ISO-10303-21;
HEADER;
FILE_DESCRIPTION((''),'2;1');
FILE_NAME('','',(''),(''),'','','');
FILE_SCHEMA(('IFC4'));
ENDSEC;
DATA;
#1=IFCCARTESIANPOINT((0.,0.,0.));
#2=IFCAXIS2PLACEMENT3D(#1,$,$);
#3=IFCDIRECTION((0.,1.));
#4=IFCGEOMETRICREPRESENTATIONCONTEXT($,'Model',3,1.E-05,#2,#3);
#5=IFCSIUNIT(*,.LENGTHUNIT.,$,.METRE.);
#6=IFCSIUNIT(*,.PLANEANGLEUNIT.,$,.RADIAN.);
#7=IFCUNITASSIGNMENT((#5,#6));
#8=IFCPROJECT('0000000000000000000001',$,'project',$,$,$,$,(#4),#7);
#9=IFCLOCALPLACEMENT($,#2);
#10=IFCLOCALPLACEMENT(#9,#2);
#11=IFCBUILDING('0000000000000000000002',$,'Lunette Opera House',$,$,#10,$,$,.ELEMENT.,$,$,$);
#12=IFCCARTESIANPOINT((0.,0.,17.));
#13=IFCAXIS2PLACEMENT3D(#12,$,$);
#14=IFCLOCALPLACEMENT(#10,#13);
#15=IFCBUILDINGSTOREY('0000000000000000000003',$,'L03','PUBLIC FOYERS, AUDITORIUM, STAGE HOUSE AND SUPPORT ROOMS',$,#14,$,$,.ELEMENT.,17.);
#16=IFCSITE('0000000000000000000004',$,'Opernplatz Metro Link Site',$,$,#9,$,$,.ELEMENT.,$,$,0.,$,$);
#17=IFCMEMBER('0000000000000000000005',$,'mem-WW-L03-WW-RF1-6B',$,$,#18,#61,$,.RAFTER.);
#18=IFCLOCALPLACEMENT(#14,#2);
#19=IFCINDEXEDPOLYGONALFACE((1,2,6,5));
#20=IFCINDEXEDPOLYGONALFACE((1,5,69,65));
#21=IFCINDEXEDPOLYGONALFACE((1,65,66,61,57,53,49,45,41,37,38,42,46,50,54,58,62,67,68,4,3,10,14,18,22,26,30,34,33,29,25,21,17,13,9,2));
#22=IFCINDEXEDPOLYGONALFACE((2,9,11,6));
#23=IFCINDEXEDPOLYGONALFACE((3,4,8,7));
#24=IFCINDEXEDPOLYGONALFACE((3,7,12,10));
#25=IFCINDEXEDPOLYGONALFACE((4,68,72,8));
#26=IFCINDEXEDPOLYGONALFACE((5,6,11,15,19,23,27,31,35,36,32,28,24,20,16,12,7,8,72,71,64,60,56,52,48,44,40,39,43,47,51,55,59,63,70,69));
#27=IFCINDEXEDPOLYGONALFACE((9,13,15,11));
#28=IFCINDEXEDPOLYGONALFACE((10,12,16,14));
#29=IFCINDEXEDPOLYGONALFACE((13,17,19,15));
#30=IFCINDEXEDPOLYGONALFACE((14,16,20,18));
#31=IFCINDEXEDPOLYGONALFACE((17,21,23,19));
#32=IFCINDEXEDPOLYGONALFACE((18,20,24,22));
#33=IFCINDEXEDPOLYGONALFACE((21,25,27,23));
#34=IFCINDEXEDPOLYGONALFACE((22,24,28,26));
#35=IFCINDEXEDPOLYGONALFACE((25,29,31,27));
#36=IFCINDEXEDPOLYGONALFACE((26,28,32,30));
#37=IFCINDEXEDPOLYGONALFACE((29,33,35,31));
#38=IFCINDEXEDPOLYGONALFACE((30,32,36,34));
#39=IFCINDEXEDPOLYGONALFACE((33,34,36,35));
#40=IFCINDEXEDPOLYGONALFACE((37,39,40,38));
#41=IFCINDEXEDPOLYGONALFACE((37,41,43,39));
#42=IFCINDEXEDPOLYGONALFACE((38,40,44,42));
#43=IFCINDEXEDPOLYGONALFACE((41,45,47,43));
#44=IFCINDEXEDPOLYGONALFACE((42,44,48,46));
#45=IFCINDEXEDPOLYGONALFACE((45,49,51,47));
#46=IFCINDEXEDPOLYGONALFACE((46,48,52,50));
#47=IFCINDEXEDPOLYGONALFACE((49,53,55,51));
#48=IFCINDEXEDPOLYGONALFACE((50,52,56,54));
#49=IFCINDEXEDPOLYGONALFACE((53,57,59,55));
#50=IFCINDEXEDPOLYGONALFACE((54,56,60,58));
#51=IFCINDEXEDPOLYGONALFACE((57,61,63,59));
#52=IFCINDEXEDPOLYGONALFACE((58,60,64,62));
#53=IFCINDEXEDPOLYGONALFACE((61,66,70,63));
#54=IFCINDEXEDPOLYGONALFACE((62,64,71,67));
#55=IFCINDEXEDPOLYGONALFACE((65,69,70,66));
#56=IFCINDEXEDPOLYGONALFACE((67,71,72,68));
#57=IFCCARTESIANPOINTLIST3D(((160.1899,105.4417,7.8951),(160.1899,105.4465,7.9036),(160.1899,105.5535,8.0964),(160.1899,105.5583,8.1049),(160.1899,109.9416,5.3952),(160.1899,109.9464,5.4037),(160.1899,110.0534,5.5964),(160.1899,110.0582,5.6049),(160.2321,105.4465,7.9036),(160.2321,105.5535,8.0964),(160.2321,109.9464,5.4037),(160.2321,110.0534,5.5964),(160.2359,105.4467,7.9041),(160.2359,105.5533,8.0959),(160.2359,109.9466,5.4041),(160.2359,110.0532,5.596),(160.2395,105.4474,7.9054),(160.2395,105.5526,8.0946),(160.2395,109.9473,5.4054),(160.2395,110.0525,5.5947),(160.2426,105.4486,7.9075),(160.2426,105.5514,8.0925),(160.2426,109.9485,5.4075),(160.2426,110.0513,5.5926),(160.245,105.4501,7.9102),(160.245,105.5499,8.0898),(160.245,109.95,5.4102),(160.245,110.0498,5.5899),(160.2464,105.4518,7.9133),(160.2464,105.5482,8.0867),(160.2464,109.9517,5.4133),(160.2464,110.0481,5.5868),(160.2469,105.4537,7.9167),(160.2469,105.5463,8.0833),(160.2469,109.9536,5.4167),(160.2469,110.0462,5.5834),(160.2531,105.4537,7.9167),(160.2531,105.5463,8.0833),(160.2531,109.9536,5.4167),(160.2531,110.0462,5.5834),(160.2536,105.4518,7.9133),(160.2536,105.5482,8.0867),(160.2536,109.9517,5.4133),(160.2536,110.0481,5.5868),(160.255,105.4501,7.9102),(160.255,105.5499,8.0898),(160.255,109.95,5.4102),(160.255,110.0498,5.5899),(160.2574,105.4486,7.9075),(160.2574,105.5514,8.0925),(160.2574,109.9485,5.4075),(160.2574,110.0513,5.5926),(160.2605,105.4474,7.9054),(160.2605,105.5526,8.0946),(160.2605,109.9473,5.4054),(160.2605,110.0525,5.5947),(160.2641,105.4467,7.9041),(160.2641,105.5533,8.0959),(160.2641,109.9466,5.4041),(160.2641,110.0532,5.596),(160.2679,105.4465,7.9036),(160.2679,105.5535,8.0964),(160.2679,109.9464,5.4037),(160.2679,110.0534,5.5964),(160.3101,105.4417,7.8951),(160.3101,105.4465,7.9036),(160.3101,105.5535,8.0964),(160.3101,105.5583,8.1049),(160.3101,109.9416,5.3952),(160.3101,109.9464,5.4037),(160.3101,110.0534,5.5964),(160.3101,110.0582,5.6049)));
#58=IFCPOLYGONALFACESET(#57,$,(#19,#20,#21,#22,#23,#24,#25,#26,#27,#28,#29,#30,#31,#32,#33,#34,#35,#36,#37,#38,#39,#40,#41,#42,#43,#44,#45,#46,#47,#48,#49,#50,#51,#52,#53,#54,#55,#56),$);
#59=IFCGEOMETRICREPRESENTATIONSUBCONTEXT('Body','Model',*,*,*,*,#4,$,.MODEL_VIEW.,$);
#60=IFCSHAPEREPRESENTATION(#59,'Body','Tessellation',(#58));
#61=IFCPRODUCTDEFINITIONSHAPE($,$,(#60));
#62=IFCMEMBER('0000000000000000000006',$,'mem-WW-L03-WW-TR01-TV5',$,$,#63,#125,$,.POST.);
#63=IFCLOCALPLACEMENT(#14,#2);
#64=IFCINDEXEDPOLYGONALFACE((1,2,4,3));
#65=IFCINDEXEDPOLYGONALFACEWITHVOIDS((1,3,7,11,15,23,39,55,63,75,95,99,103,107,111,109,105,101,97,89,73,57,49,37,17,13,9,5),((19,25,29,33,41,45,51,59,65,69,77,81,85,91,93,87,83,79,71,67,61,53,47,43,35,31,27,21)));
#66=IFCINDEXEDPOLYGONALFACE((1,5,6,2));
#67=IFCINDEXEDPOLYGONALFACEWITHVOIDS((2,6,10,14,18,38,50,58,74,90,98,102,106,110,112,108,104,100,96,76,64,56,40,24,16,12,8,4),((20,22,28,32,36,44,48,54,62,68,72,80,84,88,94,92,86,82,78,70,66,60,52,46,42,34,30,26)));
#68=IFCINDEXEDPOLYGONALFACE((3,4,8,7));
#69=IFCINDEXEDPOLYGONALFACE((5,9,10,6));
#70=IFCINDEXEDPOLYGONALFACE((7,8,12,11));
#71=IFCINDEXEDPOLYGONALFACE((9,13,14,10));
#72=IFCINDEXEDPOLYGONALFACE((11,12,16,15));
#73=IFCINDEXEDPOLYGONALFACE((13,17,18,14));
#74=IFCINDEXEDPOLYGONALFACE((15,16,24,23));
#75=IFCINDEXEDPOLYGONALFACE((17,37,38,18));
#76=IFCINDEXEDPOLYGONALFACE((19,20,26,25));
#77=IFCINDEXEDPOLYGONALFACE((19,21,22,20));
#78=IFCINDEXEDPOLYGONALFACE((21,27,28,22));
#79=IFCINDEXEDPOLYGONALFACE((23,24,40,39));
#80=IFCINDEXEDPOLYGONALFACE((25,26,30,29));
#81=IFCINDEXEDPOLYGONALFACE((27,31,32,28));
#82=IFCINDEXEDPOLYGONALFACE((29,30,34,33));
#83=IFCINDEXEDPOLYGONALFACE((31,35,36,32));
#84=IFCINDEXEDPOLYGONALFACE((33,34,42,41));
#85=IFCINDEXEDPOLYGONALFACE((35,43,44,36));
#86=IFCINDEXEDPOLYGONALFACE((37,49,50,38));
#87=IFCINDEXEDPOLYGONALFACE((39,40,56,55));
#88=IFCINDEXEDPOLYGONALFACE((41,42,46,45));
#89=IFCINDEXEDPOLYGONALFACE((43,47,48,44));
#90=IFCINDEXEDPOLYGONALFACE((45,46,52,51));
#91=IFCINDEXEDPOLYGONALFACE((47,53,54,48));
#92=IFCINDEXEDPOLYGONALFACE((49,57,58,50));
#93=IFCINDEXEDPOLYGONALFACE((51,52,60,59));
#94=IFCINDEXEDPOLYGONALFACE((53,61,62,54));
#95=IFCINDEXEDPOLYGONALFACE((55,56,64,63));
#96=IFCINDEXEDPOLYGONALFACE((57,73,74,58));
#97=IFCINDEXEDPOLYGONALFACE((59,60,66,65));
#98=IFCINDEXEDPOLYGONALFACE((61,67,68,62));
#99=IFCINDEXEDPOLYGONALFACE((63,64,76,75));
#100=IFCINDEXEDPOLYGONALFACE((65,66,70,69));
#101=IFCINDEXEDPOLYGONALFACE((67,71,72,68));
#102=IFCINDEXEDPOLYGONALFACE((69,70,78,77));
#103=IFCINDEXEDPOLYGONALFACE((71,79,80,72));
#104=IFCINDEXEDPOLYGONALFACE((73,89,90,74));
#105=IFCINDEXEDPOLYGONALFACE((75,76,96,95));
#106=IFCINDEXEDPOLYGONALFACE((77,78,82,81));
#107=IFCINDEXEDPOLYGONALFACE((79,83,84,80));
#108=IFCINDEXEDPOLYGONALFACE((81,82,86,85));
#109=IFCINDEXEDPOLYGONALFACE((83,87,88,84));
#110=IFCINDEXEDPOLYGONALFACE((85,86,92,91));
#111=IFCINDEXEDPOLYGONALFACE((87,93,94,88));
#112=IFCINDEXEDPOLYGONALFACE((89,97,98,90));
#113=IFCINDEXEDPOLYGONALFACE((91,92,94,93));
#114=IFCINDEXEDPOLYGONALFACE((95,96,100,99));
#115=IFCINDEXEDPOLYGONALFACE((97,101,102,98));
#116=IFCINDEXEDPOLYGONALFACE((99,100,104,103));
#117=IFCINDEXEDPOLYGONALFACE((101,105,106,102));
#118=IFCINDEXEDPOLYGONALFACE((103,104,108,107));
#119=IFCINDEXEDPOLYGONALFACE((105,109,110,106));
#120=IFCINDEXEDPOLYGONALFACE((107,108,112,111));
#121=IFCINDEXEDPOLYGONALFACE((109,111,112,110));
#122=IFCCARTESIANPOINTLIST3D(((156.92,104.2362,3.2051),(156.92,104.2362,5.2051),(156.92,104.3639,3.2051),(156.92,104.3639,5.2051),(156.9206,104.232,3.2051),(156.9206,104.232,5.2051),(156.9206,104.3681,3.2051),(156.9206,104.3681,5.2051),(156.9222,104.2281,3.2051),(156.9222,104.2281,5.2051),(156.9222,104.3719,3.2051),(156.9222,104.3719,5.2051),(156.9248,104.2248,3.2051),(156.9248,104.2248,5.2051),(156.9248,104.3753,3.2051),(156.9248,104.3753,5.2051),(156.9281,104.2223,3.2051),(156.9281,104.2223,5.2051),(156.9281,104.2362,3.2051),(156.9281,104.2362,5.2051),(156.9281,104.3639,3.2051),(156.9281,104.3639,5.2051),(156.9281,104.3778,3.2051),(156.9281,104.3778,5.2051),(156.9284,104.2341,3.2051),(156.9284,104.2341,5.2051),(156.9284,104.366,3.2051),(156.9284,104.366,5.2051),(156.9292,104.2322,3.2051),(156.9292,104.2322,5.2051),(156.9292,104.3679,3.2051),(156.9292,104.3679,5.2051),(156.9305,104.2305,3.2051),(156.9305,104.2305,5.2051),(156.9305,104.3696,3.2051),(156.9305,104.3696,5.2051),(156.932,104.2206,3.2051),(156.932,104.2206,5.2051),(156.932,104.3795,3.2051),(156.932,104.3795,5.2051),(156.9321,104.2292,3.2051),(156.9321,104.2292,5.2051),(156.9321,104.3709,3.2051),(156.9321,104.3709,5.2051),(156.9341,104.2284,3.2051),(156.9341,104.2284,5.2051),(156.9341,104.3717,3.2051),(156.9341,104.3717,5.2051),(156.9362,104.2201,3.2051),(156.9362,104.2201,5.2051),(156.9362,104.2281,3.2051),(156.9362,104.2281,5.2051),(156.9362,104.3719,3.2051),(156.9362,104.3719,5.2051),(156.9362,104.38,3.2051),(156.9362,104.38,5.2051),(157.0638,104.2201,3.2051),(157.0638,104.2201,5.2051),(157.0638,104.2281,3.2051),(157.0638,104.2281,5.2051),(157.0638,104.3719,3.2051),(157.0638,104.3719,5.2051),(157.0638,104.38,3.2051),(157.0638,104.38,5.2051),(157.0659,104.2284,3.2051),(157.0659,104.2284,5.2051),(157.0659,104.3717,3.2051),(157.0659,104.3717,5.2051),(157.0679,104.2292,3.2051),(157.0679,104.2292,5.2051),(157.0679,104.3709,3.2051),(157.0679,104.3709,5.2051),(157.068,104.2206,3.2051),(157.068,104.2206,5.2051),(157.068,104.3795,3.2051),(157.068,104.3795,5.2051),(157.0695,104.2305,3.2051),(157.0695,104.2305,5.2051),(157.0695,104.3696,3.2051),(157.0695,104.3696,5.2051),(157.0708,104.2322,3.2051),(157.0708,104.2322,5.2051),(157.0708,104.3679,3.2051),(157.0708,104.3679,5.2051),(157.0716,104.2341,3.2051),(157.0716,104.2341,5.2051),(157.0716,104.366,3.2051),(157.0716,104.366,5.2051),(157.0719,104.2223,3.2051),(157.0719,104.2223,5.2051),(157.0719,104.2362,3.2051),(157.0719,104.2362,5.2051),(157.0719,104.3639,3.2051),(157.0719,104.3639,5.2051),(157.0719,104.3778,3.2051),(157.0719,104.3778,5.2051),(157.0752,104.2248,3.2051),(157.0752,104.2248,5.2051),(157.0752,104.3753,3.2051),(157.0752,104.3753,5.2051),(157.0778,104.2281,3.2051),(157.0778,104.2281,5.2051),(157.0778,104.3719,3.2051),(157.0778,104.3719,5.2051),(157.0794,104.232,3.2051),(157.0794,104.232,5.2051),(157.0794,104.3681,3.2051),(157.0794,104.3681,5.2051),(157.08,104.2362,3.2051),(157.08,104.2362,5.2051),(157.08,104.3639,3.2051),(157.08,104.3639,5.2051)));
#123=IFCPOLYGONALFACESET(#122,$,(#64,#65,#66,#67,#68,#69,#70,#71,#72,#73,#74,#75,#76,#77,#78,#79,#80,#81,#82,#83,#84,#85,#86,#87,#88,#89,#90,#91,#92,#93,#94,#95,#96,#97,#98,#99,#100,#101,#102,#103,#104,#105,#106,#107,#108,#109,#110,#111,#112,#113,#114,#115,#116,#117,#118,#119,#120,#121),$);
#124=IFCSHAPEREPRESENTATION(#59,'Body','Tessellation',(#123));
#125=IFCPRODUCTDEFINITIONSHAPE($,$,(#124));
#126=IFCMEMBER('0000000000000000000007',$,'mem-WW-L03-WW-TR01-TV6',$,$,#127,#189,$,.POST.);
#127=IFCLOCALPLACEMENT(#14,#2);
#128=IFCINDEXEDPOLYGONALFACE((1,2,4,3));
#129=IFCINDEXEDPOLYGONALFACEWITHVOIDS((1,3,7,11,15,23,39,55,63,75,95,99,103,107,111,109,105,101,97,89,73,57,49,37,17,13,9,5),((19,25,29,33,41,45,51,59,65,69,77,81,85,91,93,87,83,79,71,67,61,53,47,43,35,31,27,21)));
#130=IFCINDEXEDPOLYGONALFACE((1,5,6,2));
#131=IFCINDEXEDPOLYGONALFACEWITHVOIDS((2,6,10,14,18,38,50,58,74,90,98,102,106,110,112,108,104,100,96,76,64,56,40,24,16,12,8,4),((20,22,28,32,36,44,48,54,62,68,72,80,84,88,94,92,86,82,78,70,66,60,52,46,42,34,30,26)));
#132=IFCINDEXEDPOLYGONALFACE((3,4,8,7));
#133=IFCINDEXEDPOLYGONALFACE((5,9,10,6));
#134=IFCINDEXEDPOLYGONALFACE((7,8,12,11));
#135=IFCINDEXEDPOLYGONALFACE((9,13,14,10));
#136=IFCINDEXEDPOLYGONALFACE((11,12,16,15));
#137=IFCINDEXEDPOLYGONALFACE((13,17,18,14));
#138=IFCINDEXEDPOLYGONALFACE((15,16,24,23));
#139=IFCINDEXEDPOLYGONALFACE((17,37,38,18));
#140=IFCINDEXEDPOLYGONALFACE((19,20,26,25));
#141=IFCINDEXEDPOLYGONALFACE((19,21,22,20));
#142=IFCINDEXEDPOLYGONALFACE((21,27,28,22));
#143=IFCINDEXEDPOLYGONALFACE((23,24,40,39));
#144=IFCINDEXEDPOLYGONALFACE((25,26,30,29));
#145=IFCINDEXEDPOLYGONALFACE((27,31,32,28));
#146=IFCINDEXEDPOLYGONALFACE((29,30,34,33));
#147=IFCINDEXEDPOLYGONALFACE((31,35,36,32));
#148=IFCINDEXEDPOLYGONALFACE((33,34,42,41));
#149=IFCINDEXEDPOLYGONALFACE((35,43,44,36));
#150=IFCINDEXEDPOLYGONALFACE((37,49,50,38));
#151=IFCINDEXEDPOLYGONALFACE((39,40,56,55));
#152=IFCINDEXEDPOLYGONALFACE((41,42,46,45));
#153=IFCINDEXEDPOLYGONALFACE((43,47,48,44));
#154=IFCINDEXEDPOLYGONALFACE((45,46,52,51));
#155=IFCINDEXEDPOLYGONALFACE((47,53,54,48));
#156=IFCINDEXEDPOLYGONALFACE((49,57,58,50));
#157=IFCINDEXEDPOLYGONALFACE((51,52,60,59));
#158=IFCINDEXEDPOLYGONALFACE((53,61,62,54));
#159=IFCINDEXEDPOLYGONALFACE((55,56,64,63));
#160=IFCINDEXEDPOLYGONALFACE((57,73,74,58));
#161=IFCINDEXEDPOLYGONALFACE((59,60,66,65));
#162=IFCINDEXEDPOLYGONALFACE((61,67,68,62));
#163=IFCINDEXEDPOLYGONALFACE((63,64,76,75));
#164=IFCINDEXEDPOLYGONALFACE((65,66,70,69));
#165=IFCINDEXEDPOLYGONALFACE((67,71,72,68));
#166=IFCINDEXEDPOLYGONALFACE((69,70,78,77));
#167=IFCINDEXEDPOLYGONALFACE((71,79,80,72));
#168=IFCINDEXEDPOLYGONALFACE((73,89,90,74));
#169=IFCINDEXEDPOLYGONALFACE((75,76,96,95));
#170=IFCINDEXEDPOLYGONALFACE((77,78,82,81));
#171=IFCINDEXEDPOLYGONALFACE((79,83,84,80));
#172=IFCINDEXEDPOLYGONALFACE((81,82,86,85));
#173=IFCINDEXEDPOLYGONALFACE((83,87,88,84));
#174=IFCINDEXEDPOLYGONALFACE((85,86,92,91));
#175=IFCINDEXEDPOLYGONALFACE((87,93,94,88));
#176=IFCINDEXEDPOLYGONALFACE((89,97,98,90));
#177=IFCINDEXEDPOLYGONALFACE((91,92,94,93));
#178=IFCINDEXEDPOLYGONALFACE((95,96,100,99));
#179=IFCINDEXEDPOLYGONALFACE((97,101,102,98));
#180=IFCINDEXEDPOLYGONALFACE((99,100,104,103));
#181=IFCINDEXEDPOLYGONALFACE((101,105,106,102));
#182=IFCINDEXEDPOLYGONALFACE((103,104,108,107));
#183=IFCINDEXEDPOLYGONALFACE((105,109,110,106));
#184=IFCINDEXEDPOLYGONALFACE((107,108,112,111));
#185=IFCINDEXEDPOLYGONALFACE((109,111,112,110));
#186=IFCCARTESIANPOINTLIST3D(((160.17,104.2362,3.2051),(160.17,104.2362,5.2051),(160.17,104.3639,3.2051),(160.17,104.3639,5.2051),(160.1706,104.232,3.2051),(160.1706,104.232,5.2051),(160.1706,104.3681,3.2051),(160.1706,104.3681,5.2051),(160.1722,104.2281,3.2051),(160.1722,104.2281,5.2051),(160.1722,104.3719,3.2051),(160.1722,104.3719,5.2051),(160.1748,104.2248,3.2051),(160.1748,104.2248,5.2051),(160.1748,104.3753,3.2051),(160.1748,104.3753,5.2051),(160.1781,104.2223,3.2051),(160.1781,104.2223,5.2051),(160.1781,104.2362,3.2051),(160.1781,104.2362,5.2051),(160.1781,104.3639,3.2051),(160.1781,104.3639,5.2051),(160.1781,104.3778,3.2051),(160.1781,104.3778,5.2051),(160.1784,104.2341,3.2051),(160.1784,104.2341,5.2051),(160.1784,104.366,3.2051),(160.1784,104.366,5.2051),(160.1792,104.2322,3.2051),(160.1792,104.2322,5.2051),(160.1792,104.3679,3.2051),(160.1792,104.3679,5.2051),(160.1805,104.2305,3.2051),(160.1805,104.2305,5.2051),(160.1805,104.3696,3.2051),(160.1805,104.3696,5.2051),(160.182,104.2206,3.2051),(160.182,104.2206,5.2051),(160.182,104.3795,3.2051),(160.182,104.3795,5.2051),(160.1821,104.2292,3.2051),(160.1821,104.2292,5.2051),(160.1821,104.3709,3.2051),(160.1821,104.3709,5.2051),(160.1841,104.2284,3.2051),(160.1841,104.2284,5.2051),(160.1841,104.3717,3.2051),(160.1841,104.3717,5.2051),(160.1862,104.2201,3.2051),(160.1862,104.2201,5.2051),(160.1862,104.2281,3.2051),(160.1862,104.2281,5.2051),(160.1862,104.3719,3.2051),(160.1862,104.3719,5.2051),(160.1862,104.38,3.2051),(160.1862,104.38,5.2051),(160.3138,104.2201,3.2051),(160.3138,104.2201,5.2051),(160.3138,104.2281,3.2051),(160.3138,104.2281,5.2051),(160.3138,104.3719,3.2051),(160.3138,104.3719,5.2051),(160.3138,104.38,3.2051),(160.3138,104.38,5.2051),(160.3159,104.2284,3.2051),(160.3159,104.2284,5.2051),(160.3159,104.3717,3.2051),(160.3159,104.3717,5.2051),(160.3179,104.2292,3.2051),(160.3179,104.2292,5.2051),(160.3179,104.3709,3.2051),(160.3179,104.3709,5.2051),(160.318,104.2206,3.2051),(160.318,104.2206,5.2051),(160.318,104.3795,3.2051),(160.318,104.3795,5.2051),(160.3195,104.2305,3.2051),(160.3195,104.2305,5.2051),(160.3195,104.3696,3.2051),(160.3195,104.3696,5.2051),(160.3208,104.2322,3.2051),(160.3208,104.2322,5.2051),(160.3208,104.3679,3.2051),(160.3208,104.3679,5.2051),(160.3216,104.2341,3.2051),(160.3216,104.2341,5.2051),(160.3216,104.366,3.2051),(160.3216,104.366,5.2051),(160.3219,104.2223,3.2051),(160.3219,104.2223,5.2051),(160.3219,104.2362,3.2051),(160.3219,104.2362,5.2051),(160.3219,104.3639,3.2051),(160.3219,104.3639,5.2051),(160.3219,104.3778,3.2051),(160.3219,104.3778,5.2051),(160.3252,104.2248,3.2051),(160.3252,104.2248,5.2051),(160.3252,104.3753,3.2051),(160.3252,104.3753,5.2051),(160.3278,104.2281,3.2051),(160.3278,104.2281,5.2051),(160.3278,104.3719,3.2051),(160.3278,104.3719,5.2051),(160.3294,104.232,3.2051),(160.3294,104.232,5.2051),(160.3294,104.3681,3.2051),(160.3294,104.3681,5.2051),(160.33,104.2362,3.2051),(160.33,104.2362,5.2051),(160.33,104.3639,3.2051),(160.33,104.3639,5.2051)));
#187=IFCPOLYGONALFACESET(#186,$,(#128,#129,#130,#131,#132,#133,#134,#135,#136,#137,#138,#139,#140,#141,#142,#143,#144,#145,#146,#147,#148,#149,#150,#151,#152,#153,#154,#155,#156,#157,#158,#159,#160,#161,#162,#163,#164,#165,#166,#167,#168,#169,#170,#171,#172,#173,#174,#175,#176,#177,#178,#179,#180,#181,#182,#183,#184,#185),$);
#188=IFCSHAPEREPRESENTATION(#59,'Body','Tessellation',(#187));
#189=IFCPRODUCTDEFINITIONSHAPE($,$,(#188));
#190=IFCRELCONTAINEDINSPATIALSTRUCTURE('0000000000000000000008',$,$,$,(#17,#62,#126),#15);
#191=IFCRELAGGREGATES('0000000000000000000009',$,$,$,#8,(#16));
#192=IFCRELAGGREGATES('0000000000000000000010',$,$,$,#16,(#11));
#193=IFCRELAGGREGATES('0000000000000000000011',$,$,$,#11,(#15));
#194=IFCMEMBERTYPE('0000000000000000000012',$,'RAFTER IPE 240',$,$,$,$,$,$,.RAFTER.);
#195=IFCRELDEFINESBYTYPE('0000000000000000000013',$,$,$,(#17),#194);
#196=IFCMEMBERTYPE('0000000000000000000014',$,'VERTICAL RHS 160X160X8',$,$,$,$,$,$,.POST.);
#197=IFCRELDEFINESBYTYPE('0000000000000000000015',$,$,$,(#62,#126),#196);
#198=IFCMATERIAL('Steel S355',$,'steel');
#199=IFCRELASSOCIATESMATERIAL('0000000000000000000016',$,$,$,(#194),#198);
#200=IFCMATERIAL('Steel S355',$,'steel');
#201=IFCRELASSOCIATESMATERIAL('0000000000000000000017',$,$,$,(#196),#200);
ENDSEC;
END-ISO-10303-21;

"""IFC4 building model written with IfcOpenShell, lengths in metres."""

from ifc_helpers import new_model, si_unit, direction, frame, origin, origin_2d, place, context, subcontext, project, spatial, hollow_rectangle, i_section, extrude, material, material_profile, profile_set, type_object, element, save


model = new_model("IFC4")

# Units and contexts
model_context = context("Model", 3, precision=1e-05, world=origin(), true_north=direction((0.0, 1.0)))
body_context = subcontext(model_context, "Body", "Model", "MODEL_VIEW")
ifc_project = project(units=[si_unit("LENGTHUNIT", "METRE"), si_unit("PLANEANGLEUNIT", "RADIAN")], contexts=[model_context])

# Site, building, storey
site_placement = place(None, origin())
site = spatial("IfcSite", under=ifc_project, at=site_placement, Name="Opernplatz Metro Link Site", CompositionType="ELEMENT", RefElevation=0.0)
building_placement = place(site_placement, origin())
building = spatial("IfcBuilding", under=site, at=building_placement, Name="Lunette Opera House", CompositionType="ELEMENT")
storey_placement = place(building_placement, frame((0.0, 0.0, 17.0)))
storey = spatial("IfcBuildingStorey", under=building, at=storey_placement, Name="L03", Description="PUBLIC FOYERS, AUDITORIUM, STAGE HOUSE AND SUPPORT ROOMS", CompositionType="ELEMENT", Elevation=17.0)

# Members
ifc_material_1 = material(Name="Steel S355", Category="steel")
ifc_material_profile_1 = material_profile(ifc_material_1, i_section(OverallWidth=0.1201, OverallDepth=0.24, WebThickness=0.0061, FlangeThickness=0.0098, FilletRadius=0.0149, at=origin_2d()), Name="IPE 240")
ifc_profile_set_1 = profile_set([ifc_material_profile_1], Name="Steel S355")
member_type_1 = type_object("IfcMemberType", Name="RAFTER IPE 240", PredefinedType="RAFTER", material=ifc_profile_set_1)
member_1_placement = place(storey_placement, frame((160.25, 105.5, 8.0), z_axis=(0.0, 0.874157, -0.485643), x_axis=(-1.0, 0.0, 0.0)))
element("IfcMember", 1, at=member_1_placement, inside=storey, type_object=member_type_1, Name="mem-WW-L03-WW-RF1-6B", PredefinedType="RAFTER", context=body_context, shape_type="SweptSolid", body=[
    extrude(i_section(OverallWidth=0.1201, OverallDepth=0.24, WebThickness=0.0061, FlangeThickness=0.0098, FilletRadius=0.0149, at=origin_2d()), origin(), (0.0, 0.0, 1.0), 5.1477),
])
ifc_material_2 = material(Name="Steel S355", Category="steel")
ifc_material_profile_2 = material_profile(ifc_material_2, hollow_rectangle(XDim=0.1599, YDim=0.1599, WallThickness=0.0081, InnerFilletRadius=0.0081, OuterFilletRadius=0.0161, at=origin_2d()), Name="RHS 160X160X8")
ifc_profile_set_2 = profile_set([ifc_material_profile_2], Name="Steel S355")
member_type_2 = type_object("IfcMemberType", Name="VERTICAL RHS 160X160X8", PredefinedType="POST", material=ifc_profile_set_2)
for number, where, z_axis, x_axis, name in (
    (2, (157.0, 104.3, 3.2051), (0.0, 0.0, 1.0), (1.0, 0.0, 0.0), "mem-WW-L03-WW-TR01-TV5"),
    (3, (160.25, 104.3, 3.2051), (0.0, 0.0, 1.0), (1.0, 0.0, 0.0), "mem-WW-L03-WW-TR01-TV6"),
):
    element("IfcMember", number, at=place(storey_placement, frame(where, z_axis=z_axis, x_axis=x_axis)), inside=storey, type_object=member_type_2, Name=name, PredefinedType="POST", context=body_context, shape_type="SweptSolid", body=[
        extrude(hollow_rectangle(XDim=0.1599, YDim=0.1599, WallThickness=0.0081, InnerFilletRadius=0.0081, OuterFilletRadius=0.0161, at=origin_2d()), origin(), (0.0, 0.0, 1.0), 2.0),
    ])

save(model, "model.ifc")
